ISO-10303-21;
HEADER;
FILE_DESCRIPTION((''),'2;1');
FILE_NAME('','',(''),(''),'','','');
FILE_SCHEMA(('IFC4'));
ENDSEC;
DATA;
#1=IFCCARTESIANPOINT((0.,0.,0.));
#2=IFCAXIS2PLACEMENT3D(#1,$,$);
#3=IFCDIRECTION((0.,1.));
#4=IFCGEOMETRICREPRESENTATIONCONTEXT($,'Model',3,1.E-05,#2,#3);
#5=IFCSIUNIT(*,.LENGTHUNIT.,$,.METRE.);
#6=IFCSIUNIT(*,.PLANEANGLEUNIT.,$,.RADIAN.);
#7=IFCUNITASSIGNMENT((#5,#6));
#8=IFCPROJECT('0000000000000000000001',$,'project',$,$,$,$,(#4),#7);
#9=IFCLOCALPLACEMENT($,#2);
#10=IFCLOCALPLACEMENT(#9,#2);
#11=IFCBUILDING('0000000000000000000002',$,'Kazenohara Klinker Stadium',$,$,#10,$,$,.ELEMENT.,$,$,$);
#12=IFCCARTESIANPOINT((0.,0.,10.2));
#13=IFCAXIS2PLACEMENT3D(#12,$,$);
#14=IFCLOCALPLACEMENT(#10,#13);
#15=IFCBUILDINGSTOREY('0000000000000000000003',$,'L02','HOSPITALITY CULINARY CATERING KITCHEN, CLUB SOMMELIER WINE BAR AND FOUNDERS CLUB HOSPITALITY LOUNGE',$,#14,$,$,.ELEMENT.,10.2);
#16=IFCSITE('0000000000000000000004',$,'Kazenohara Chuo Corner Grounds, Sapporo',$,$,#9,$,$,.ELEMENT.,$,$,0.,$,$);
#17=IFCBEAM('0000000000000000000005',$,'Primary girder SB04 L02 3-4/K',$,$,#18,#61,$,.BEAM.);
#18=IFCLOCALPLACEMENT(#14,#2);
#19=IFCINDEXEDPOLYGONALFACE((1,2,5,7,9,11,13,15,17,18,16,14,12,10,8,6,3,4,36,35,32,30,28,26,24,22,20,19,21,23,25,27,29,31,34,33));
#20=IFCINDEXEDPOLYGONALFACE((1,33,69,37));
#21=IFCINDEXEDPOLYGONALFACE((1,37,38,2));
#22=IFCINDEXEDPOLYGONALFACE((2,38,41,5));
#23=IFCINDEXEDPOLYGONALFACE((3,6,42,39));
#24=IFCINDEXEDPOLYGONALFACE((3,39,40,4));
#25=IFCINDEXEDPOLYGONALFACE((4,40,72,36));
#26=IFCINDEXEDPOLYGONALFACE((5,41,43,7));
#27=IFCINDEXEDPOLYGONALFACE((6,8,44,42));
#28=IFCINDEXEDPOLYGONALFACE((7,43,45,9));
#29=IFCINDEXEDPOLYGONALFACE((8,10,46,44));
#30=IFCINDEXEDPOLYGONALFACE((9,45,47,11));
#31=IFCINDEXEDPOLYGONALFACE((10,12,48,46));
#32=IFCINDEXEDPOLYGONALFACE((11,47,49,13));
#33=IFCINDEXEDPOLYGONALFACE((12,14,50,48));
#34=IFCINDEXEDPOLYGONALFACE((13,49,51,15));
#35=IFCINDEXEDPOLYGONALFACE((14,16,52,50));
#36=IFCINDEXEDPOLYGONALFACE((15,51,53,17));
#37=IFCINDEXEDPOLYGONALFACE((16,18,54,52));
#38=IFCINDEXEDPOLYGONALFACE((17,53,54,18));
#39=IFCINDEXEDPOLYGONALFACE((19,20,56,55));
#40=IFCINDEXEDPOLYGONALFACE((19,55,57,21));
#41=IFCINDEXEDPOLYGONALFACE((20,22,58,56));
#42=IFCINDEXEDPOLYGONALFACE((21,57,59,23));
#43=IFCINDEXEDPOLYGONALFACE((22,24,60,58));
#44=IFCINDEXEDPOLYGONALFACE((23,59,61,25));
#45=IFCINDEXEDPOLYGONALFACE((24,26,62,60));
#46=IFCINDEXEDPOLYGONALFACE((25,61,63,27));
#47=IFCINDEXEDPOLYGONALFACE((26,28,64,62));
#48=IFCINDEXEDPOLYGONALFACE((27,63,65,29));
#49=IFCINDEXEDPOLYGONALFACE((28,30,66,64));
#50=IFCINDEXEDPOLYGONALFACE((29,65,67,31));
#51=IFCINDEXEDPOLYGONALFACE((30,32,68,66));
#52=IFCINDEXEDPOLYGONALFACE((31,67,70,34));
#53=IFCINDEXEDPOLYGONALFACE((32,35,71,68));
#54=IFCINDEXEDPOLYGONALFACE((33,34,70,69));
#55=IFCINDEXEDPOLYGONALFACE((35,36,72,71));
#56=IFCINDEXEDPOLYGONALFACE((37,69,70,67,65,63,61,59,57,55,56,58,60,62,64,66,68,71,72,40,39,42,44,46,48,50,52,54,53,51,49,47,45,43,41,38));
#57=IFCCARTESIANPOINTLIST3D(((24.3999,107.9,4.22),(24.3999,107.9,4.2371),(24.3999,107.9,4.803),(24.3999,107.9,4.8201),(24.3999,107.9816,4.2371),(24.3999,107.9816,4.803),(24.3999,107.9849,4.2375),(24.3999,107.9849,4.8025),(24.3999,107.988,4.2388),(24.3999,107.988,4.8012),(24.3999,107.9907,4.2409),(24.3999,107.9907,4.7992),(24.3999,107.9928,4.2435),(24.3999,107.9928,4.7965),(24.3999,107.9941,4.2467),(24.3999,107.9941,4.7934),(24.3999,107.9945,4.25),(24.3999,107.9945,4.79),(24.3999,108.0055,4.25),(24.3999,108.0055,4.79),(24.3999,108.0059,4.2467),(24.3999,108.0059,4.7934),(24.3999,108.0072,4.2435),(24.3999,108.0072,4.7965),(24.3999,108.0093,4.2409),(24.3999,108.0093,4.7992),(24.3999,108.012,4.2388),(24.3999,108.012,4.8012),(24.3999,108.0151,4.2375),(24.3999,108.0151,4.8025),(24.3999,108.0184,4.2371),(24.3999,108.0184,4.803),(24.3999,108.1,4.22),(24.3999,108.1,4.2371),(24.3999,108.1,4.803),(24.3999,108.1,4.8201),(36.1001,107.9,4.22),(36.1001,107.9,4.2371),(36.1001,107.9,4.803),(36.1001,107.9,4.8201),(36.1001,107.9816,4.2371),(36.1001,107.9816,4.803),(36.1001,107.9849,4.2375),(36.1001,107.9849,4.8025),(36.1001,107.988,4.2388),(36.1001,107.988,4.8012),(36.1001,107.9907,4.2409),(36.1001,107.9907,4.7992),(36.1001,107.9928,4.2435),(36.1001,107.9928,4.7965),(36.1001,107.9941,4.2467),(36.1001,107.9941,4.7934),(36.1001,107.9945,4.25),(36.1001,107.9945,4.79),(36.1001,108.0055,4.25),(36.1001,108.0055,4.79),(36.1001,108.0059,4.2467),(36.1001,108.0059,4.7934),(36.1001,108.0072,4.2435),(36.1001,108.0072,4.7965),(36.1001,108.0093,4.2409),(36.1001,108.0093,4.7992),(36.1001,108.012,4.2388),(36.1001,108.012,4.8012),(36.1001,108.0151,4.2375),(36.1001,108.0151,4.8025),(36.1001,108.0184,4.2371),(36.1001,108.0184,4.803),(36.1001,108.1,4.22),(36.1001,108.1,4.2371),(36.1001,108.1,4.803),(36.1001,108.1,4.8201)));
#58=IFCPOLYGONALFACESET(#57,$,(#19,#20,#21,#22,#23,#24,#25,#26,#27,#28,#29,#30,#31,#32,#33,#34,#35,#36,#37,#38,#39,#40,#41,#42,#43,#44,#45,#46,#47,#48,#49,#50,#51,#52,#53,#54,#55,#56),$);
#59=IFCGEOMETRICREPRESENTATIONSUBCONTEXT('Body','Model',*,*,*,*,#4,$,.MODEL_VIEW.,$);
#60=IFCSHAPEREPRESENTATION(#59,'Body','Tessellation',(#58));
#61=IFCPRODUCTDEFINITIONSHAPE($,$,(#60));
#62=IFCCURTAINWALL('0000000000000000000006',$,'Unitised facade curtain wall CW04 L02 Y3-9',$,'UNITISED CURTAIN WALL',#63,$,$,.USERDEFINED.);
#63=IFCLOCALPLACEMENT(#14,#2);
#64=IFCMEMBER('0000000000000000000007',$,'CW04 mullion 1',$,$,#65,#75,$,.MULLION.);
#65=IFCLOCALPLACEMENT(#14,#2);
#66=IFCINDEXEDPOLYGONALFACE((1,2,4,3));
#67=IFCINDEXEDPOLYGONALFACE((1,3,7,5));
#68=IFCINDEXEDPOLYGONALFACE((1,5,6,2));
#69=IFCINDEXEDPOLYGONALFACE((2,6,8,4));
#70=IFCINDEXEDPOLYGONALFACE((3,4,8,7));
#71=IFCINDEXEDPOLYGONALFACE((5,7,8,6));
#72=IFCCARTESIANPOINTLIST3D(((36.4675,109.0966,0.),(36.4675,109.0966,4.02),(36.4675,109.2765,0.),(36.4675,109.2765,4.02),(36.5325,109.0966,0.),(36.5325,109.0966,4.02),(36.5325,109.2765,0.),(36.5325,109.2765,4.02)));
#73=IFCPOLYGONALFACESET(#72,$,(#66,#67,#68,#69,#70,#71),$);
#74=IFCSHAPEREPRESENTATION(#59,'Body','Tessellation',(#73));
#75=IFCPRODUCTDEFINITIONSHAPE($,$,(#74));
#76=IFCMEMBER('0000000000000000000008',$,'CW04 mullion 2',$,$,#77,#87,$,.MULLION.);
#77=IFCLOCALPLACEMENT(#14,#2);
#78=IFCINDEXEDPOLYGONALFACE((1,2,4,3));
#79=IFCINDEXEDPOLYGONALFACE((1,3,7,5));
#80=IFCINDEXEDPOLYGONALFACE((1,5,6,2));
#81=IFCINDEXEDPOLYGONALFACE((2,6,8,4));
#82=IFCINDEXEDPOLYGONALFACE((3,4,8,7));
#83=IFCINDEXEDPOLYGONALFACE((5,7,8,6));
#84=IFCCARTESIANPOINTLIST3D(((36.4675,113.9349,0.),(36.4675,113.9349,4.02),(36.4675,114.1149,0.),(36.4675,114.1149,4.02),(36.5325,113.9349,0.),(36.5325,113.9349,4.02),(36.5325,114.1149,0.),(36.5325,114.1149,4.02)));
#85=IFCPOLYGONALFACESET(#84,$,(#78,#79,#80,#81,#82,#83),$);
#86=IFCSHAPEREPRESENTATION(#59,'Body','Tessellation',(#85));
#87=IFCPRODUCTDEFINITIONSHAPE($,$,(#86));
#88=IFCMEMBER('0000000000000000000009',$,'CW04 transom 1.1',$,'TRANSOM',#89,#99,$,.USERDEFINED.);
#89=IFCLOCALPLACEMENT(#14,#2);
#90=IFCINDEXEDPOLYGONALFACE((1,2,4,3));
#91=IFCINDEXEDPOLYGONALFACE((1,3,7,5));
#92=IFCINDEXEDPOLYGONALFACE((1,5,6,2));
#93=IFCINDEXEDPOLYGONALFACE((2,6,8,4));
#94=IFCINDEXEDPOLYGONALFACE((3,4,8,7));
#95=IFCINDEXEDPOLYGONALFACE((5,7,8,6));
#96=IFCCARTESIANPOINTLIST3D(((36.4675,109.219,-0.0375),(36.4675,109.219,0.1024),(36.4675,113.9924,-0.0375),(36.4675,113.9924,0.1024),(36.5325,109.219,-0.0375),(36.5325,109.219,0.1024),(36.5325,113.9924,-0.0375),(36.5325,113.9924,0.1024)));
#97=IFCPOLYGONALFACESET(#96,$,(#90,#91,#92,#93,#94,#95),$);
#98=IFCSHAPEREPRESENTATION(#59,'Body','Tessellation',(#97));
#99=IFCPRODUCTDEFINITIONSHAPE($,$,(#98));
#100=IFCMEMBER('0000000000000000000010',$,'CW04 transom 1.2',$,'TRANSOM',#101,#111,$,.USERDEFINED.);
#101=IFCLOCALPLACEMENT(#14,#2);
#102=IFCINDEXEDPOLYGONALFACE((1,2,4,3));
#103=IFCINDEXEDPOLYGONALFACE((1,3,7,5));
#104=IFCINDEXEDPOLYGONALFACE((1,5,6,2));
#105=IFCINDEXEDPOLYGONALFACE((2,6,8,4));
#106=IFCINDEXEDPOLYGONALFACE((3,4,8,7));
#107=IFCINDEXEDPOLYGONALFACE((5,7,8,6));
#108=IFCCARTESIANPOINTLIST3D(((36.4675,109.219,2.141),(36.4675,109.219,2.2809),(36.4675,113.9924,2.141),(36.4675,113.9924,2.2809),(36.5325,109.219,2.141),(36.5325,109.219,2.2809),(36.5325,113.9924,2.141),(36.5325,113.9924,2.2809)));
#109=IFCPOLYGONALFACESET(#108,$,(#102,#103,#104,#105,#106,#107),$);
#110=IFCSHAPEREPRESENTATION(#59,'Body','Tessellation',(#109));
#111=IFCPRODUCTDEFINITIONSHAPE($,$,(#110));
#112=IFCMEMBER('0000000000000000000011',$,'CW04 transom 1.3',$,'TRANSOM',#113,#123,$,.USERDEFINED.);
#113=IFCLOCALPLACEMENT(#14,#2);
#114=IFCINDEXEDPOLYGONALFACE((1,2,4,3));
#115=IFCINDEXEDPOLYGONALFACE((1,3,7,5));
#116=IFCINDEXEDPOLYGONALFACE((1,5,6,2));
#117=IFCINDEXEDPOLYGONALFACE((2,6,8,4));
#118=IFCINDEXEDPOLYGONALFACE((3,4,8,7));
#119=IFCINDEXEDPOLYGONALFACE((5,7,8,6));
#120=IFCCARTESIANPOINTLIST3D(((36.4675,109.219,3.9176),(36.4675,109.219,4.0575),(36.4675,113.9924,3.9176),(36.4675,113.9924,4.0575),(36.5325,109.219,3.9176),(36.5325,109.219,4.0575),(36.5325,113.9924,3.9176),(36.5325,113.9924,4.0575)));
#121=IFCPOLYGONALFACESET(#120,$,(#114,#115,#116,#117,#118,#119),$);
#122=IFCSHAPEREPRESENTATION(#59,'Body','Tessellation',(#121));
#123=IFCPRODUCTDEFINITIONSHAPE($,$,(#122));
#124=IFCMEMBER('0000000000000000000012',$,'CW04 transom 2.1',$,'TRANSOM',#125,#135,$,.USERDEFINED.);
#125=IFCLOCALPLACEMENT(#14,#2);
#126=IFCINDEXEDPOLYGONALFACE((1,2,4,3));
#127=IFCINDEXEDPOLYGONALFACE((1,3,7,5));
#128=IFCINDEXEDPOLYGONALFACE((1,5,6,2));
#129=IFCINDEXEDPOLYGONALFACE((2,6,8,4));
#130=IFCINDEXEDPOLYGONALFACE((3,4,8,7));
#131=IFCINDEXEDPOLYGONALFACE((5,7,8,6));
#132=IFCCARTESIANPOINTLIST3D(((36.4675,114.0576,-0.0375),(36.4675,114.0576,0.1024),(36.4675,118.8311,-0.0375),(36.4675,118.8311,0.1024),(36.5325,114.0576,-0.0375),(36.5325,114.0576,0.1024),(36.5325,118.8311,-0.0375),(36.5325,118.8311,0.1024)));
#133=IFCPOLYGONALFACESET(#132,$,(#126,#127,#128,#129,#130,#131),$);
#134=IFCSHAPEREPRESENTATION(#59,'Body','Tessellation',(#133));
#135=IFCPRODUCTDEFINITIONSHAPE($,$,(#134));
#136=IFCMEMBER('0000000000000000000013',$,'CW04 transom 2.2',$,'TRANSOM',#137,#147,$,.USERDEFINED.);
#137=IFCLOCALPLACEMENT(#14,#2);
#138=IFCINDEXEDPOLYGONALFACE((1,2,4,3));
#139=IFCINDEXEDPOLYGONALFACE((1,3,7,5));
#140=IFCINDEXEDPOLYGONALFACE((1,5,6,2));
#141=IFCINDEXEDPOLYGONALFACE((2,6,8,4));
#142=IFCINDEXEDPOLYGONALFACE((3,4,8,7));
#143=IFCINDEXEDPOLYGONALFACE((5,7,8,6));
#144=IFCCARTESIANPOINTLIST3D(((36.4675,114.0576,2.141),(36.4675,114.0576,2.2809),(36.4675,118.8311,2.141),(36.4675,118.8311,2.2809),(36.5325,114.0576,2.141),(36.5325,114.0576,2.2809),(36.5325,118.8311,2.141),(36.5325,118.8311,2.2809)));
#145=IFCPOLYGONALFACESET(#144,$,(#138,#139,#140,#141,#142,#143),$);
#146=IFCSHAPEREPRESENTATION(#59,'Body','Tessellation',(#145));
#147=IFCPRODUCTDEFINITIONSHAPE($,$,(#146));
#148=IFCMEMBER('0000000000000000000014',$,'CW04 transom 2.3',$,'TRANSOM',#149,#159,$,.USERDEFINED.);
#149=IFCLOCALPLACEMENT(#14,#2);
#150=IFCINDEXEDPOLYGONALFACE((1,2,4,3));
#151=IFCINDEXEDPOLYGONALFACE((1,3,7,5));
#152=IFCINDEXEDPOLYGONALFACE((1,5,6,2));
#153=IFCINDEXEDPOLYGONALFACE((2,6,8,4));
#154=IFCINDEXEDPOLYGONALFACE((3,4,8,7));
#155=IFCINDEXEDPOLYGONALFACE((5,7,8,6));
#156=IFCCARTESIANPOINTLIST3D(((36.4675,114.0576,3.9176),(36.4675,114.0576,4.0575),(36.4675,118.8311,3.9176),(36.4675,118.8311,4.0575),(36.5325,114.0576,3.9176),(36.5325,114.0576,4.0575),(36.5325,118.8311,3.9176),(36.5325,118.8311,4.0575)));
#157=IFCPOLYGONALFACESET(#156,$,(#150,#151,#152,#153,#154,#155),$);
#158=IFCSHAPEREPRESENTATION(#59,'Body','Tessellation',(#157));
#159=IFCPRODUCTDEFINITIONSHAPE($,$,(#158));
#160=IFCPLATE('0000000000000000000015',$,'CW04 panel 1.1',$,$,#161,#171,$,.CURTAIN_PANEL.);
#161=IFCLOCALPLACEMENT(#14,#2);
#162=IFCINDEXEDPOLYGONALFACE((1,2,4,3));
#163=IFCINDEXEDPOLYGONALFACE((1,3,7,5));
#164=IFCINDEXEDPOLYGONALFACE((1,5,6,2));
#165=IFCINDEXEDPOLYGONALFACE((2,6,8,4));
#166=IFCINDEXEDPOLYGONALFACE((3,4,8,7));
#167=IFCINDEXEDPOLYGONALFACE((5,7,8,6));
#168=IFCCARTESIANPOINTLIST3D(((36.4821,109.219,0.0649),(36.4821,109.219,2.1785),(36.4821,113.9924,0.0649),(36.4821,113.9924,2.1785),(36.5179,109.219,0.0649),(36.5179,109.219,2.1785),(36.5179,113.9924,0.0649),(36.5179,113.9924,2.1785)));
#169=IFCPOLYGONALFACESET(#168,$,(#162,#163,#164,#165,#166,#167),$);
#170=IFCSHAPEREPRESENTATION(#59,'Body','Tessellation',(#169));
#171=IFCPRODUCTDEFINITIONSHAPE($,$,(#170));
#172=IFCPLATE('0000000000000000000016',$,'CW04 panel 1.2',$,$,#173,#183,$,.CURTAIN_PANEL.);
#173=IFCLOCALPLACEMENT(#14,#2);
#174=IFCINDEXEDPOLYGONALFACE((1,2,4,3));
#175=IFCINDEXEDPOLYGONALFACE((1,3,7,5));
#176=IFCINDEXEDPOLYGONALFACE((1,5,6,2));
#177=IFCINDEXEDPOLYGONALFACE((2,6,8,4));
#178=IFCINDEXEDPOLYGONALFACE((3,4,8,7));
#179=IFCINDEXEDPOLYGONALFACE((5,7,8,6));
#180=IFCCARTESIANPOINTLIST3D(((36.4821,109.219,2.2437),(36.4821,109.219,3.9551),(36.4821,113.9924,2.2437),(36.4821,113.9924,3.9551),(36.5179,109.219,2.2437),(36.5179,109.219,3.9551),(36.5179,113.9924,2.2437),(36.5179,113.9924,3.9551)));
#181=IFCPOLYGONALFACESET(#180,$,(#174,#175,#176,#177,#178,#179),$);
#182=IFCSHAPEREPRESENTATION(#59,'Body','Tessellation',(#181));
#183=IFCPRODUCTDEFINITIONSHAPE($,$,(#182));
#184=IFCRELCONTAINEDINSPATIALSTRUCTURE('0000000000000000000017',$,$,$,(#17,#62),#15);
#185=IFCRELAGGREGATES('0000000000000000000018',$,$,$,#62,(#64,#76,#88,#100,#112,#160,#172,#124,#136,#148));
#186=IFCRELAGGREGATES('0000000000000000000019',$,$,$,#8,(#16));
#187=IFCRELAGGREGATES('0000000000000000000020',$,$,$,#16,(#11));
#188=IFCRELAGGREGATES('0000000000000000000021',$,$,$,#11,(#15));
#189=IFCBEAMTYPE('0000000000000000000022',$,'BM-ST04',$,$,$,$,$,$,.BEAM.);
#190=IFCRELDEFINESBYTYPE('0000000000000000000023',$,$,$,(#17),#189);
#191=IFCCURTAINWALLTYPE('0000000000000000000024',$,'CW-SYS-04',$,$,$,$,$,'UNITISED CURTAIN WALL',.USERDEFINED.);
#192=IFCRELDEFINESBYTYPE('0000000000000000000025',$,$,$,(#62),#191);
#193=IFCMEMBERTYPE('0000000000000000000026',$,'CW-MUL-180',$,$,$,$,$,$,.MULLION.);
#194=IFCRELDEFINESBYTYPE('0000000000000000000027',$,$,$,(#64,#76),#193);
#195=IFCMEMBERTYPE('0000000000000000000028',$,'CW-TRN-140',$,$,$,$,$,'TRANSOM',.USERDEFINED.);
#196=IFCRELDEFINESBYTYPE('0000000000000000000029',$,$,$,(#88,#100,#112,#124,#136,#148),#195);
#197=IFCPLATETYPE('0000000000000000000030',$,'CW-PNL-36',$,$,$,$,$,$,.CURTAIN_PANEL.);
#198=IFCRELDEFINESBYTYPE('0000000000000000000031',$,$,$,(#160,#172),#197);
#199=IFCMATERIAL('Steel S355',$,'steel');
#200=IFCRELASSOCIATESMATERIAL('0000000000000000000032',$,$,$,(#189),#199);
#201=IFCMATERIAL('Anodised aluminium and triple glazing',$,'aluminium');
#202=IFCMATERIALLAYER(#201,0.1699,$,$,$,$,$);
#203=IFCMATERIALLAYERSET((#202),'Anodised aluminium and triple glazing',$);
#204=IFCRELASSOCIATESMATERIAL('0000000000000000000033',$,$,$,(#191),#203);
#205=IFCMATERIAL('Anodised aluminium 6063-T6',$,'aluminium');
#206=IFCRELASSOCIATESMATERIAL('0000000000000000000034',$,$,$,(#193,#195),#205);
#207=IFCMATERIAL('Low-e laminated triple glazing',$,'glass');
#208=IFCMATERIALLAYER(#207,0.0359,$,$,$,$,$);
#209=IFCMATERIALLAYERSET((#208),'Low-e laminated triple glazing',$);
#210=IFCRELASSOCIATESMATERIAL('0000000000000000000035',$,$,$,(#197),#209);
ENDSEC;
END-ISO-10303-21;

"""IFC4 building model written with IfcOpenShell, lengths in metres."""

from ifc_helpers import new_model, si_unit, direction, frame, origin, origin_2d, place, context, subcontext, project, spatial, rectangle, i_section, extrude, material, layer, layer_set, material_profile, profile_set, type_object, element, aggregate, save


model = new_model("IFC4")

# Units and contexts
model_context = context("Model", 3, precision=1e-05, world=origin(), true_north=direction((0.0, 1.0)))
body_context = subcontext(model_context, "Body", "Model", "MODEL_VIEW")
ifc_project = project(units=[si_unit("LENGTHUNIT", "METRE"), si_unit("PLANEANGLEUNIT", "RADIAN")], contexts=[model_context])

# Site, building, storey
site_placement = place(None, origin())
site = spatial("IfcSite", under=ifc_project, at=site_placement, Name="Kazenohara Chuo Corner Grounds, Sapporo", CompositionType="ELEMENT", RefElevation=0.0)
building_placement = place(site_placement, origin())
building = spatial("IfcBuilding", under=site, at=building_placement, Name="Kazenohara Klinker Stadium", CompositionType="ELEMENT")
storey_placement = place(building_placement, frame((0.0, 0.0, 10.2)))
storey = spatial("IfcBuildingStorey", under=building, at=storey_placement, Name="L02", Description="HOSPITALITY CULINARY CATERING KITCHEN, CLUB SOMMELIER WINE BAR AND FOUNDERS CLUB HOSPITALITY LOUNGE", CompositionType="ELEMENT", Elevation=10.2)

# Beam
ifc_material_1 = material(Name="Steel S355", Category="steel")
ifc_material_profile_1 = material_profile(ifc_material_1, i_section(OverallWidth=0.2, OverallDepth=0.6001, WebThickness=0.011, FlangeThickness=0.0171, FilletRadius=0.0129, at=origin_2d()), Name="H-600x200x11x17")
ifc_profile_set_1 = profile_set([ifc_material_profile_1], Name="Steel S355")
beam_type_1 = type_object("IfcBeamType", Name="BM-ST04", PredefinedType="BEAM", material=ifc_profile_set_1)
beam_1_placement = place(storey_placement, frame((24.3999, 108.0, 4.52), z_axis=(1.0, 0.0, 0.0), x_axis=(0.0, 1.0, 0.0)))
element("IfcBeam", 1, at=beam_1_placement, inside=storey, type_object=beam_type_1, Name="Primary girder SB04 L02 3-4/K", PredefinedType="BEAM", context=body_context, shape_type="SweptSolid", body=[
    extrude(i_section(OverallWidth=0.2, OverallDepth=0.6001, WebThickness=0.011, FlangeThickness=0.0171, FilletRadius=0.0129, at=origin_2d()), origin(), (0.0, 0.0, 1.0), 11.7002),
])

# Curtain wall, members, plates
ifc_material_2 = material(Name="Anodised aluminium and triple glazing", Category="aluminium")
ifc_layer_1 = layer(ifc_material_2, 0.1699)
ifc_layer_set_1 = layer_set([ifc_layer_1], Name="Anodised aluminium and triple glazing")
curtain_wall_type = type_object("IfcCurtainWallType", Name="CW-SYS-04", ElementType="UNITISED CURTAIN WALL", PredefinedType="USERDEFINED", material=ifc_layer_set_1)
curtain_wall_placement = place(storey_placement, origin())
curtain_wall = element("IfcCurtainWall", 2, at=curtain_wall_placement, inside=storey, type_object=curtain_wall_type, Name="Unitised facade curtain wall CW04 L02 Y3-9", ObjectType="UNITISED CURTAIN WALL", PredefinedType="USERDEFINED")
ifc_material_3 = material(Name="Anodised aluminium 6063-T6", Category="aluminium")
ifc_material_profile_2 = material_profile(ifc_material_3, rectangle(XDim=0.0649, YDim=0.1799, at=origin_2d()), Name="ALU-MUL-65x180")
ifc_profile_set_2 = profile_set([ifc_material_profile_2], Name="Anodised aluminium 6063-T6")
member_type_1 = type_object("IfcMemberType", Name="CW-MUL-180", PredefinedType="MULLION", material=ifc_profile_set_2)
member_1_placement = place(storey_placement, frame((36.5, 109.1865, 0.0), z_axis=(0.0, 0.0, 1.0), x_axis=(-1.0, 0.0, 0.0)))
member_1 = element("IfcMember", 3, at=member_1_placement, type_object=member_type_1, Name="CW04 mullion 1", PredefinedType="MULLION", context=body_context, shape_type="SweptSolid", body=[
    extrude(rectangle(XDim=0.0649, YDim=0.1799, at=origin_2d()), origin(), (0.0, 0.0, 1.0), 4.02),
])
member_2_placement = place(storey_placement, frame((36.5, 114.0249, 0.0), z_axis=(0.0, 0.0, 1.0), x_axis=(-1.0, 0.0, 0.0)))
member_2 = element("IfcMember", 4, at=member_2_placement, type_object=member_type_1, Name="CW04 mullion 2", PredefinedType="MULLION", context=body_context, shape_type="SweptSolid", body=[
    extrude(rectangle(XDim=0.0649, YDim=0.1799, at=origin_2d()), origin(), (0.0, 0.0, 1.0), 4.02),
])
ifc_material_profile_3 = material_profile(ifc_material_3, rectangle(XDim=0.0649, YDim=0.1399, at=origin_2d()), Name="ALU-TRN-65x140")
ifc_profile_set_3 = profile_set([ifc_material_profile_3], Name="Anodised aluminium 6063-T6")
member_type_2 = type_object("IfcMemberType", Name="CW-TRN-140", ElementType="TRANSOM", PredefinedType="USERDEFINED", material=ifc_profile_set_3)
member_3_placement = place(storey_placement, frame((36.5, 109.219, 0.0325), z_axis=(0.0, 1.0, 0.0), x_axis=(-1.0, 0.0, 0.0)))
member_3 = element("IfcMember", 5, at=member_3_placement, type_object=member_type_2, Name="CW04 transom 1.1", ObjectType="TRANSOM", PredefinedType="USERDEFINED", context=body_context, shape_type="SweptSolid", body=[
    extrude(rectangle(XDim=0.0649, YDim=0.1399, at=origin_2d()), origin(), (0.0, 0.0, 1.0), 4.7734),
])
member_4_placement = place(storey_placement, frame((36.5, 109.219, 2.2109), z_axis=(0.0, 1.0, 0.0), x_axis=(-1.0, 0.0, 0.0)))
member_4 = element("IfcMember", 6, at=member_4_placement, type_object=member_type_2, Name="CW04 transom 1.2", ObjectType="TRANSOM", PredefinedType="USERDEFINED", context=body_context, shape_type="SweptSolid", body=[
    extrude(rectangle(XDim=0.0649, YDim=0.1399, at=origin_2d()), origin(), (0.0, 0.0, 1.0), 4.7734),
])
member_5_placement = place(storey_placement, frame((36.5, 109.219, 3.9875), z_axis=(0.0, 1.0, 0.0), x_axis=(-1.0, 0.0, 0.0)))
member_5 = element("IfcMember", 7, at=member_5_placement, type_object=member_type_2, Name="CW04 transom 1.3", ObjectType="TRANSOM", PredefinedType="USERDEFINED", context=body_context, shape_type="SweptSolid", body=[
    extrude(rectangle(XDim=0.0649, YDim=0.1399, at=origin_2d()), origin(), (0.0, 0.0, 1.0), 4.7734),
])
member_6_placement = place(storey_placement, frame((36.5, 114.0576, 0.0325), z_axis=(0.0, 1.0, 0.0), x_axis=(-1.0, 0.0, 0.0)))
member_6 = element("IfcMember", 8, at=member_6_placement, type_object=member_type_2, Name="CW04 transom 2.1", ObjectType="TRANSOM", PredefinedType="USERDEFINED", context=body_context, shape_type="SweptSolid", body=[
    extrude(rectangle(XDim=0.0649, YDim=0.1399, at=origin_2d()), origin(), (0.0, 0.0, 1.0), 4.7734),
])
member_7_placement = place(storey_placement, frame((36.5, 114.0576, 2.2109), z_axis=(0.0, 1.0, 0.0), x_axis=(-1.0, 0.0, 0.0)))
member_7 = element("IfcMember", 9, at=member_7_placement, type_object=member_type_2, Name="CW04 transom 2.2", ObjectType="TRANSOM", PredefinedType="USERDEFINED", context=body_context, shape_type="SweptSolid", body=[
    extrude(rectangle(XDim=0.0649, YDim=0.1399, at=origin_2d()), origin(), (0.0, 0.0, 1.0), 4.7734),
])
member_8_placement = place(storey_placement, frame((36.5, 114.0576, 3.9875), z_axis=(0.0, 1.0, 0.0), x_axis=(-1.0, 0.0, 0.0)))
member_8 = element("IfcMember", 10, at=member_8_placement, type_object=member_type_2, Name="CW04 transom 2.3", ObjectType="TRANSOM", PredefinedType="USERDEFINED", context=body_context, shape_type="SweptSolid", body=[
    extrude(rectangle(XDim=0.0649, YDim=0.1399, at=origin_2d()), origin(), (0.0, 0.0, 1.0), 4.7734),
])
ifc_material_4 = material(Name="Low-e laminated triple glazing", Category="glass")
ifc_layer_2 = layer(ifc_material_4, 0.0359)
ifc_layer_set_2 = layer_set([ifc_layer_2], Name="Low-e laminated triple glazing")
plate_type = type_object("IfcPlateType", Name="CW-PNL-36", PredefinedType="CURTAIN_PANEL", material=ifc_layer_set_2)
plate_1_placement = place(storey_placement, frame((36.5, 111.6057, 0.0649), z_axis=(0.0, 0.0, 1.0), x_axis=(0.0, 1.0, 0.0)))
plate_1 = element("IfcPlate", 11, at=plate_1_placement, type_object=plate_type, Name="CW04 panel 1.1", PredefinedType="CURTAIN_PANEL", context=body_context, shape_type="SweptSolid", body=[
    extrude(rectangle(XDim=4.7734, YDim=0.0359, at=origin_2d()), origin(), (0.0, 0.0, 1.0), 2.1135),
])
plate_2_placement = place(storey_placement, frame((36.5, 111.6057, 2.2437), z_axis=(0.0, 0.0, 1.0), x_axis=(0.0, 1.0, 0.0)))
plate_2 = element("IfcPlate", 12, at=plate_2_placement, type_object=plate_type, Name="CW04 panel 1.2", PredefinedType="CURTAIN_PANEL", context=body_context, shape_type="SweptSolid", body=[
    extrude(rectangle(XDim=4.7734, YDim=0.0359, at=origin_2d()), origin(), (0.0, 0.0, 1.0), 1.7114),
])
aggregate(curtain_wall, [member_1, member_2, member_3, member_4, member_5, plate_1, plate_2, member_6, member_7, member_8])

save(model, "model.ifc")
